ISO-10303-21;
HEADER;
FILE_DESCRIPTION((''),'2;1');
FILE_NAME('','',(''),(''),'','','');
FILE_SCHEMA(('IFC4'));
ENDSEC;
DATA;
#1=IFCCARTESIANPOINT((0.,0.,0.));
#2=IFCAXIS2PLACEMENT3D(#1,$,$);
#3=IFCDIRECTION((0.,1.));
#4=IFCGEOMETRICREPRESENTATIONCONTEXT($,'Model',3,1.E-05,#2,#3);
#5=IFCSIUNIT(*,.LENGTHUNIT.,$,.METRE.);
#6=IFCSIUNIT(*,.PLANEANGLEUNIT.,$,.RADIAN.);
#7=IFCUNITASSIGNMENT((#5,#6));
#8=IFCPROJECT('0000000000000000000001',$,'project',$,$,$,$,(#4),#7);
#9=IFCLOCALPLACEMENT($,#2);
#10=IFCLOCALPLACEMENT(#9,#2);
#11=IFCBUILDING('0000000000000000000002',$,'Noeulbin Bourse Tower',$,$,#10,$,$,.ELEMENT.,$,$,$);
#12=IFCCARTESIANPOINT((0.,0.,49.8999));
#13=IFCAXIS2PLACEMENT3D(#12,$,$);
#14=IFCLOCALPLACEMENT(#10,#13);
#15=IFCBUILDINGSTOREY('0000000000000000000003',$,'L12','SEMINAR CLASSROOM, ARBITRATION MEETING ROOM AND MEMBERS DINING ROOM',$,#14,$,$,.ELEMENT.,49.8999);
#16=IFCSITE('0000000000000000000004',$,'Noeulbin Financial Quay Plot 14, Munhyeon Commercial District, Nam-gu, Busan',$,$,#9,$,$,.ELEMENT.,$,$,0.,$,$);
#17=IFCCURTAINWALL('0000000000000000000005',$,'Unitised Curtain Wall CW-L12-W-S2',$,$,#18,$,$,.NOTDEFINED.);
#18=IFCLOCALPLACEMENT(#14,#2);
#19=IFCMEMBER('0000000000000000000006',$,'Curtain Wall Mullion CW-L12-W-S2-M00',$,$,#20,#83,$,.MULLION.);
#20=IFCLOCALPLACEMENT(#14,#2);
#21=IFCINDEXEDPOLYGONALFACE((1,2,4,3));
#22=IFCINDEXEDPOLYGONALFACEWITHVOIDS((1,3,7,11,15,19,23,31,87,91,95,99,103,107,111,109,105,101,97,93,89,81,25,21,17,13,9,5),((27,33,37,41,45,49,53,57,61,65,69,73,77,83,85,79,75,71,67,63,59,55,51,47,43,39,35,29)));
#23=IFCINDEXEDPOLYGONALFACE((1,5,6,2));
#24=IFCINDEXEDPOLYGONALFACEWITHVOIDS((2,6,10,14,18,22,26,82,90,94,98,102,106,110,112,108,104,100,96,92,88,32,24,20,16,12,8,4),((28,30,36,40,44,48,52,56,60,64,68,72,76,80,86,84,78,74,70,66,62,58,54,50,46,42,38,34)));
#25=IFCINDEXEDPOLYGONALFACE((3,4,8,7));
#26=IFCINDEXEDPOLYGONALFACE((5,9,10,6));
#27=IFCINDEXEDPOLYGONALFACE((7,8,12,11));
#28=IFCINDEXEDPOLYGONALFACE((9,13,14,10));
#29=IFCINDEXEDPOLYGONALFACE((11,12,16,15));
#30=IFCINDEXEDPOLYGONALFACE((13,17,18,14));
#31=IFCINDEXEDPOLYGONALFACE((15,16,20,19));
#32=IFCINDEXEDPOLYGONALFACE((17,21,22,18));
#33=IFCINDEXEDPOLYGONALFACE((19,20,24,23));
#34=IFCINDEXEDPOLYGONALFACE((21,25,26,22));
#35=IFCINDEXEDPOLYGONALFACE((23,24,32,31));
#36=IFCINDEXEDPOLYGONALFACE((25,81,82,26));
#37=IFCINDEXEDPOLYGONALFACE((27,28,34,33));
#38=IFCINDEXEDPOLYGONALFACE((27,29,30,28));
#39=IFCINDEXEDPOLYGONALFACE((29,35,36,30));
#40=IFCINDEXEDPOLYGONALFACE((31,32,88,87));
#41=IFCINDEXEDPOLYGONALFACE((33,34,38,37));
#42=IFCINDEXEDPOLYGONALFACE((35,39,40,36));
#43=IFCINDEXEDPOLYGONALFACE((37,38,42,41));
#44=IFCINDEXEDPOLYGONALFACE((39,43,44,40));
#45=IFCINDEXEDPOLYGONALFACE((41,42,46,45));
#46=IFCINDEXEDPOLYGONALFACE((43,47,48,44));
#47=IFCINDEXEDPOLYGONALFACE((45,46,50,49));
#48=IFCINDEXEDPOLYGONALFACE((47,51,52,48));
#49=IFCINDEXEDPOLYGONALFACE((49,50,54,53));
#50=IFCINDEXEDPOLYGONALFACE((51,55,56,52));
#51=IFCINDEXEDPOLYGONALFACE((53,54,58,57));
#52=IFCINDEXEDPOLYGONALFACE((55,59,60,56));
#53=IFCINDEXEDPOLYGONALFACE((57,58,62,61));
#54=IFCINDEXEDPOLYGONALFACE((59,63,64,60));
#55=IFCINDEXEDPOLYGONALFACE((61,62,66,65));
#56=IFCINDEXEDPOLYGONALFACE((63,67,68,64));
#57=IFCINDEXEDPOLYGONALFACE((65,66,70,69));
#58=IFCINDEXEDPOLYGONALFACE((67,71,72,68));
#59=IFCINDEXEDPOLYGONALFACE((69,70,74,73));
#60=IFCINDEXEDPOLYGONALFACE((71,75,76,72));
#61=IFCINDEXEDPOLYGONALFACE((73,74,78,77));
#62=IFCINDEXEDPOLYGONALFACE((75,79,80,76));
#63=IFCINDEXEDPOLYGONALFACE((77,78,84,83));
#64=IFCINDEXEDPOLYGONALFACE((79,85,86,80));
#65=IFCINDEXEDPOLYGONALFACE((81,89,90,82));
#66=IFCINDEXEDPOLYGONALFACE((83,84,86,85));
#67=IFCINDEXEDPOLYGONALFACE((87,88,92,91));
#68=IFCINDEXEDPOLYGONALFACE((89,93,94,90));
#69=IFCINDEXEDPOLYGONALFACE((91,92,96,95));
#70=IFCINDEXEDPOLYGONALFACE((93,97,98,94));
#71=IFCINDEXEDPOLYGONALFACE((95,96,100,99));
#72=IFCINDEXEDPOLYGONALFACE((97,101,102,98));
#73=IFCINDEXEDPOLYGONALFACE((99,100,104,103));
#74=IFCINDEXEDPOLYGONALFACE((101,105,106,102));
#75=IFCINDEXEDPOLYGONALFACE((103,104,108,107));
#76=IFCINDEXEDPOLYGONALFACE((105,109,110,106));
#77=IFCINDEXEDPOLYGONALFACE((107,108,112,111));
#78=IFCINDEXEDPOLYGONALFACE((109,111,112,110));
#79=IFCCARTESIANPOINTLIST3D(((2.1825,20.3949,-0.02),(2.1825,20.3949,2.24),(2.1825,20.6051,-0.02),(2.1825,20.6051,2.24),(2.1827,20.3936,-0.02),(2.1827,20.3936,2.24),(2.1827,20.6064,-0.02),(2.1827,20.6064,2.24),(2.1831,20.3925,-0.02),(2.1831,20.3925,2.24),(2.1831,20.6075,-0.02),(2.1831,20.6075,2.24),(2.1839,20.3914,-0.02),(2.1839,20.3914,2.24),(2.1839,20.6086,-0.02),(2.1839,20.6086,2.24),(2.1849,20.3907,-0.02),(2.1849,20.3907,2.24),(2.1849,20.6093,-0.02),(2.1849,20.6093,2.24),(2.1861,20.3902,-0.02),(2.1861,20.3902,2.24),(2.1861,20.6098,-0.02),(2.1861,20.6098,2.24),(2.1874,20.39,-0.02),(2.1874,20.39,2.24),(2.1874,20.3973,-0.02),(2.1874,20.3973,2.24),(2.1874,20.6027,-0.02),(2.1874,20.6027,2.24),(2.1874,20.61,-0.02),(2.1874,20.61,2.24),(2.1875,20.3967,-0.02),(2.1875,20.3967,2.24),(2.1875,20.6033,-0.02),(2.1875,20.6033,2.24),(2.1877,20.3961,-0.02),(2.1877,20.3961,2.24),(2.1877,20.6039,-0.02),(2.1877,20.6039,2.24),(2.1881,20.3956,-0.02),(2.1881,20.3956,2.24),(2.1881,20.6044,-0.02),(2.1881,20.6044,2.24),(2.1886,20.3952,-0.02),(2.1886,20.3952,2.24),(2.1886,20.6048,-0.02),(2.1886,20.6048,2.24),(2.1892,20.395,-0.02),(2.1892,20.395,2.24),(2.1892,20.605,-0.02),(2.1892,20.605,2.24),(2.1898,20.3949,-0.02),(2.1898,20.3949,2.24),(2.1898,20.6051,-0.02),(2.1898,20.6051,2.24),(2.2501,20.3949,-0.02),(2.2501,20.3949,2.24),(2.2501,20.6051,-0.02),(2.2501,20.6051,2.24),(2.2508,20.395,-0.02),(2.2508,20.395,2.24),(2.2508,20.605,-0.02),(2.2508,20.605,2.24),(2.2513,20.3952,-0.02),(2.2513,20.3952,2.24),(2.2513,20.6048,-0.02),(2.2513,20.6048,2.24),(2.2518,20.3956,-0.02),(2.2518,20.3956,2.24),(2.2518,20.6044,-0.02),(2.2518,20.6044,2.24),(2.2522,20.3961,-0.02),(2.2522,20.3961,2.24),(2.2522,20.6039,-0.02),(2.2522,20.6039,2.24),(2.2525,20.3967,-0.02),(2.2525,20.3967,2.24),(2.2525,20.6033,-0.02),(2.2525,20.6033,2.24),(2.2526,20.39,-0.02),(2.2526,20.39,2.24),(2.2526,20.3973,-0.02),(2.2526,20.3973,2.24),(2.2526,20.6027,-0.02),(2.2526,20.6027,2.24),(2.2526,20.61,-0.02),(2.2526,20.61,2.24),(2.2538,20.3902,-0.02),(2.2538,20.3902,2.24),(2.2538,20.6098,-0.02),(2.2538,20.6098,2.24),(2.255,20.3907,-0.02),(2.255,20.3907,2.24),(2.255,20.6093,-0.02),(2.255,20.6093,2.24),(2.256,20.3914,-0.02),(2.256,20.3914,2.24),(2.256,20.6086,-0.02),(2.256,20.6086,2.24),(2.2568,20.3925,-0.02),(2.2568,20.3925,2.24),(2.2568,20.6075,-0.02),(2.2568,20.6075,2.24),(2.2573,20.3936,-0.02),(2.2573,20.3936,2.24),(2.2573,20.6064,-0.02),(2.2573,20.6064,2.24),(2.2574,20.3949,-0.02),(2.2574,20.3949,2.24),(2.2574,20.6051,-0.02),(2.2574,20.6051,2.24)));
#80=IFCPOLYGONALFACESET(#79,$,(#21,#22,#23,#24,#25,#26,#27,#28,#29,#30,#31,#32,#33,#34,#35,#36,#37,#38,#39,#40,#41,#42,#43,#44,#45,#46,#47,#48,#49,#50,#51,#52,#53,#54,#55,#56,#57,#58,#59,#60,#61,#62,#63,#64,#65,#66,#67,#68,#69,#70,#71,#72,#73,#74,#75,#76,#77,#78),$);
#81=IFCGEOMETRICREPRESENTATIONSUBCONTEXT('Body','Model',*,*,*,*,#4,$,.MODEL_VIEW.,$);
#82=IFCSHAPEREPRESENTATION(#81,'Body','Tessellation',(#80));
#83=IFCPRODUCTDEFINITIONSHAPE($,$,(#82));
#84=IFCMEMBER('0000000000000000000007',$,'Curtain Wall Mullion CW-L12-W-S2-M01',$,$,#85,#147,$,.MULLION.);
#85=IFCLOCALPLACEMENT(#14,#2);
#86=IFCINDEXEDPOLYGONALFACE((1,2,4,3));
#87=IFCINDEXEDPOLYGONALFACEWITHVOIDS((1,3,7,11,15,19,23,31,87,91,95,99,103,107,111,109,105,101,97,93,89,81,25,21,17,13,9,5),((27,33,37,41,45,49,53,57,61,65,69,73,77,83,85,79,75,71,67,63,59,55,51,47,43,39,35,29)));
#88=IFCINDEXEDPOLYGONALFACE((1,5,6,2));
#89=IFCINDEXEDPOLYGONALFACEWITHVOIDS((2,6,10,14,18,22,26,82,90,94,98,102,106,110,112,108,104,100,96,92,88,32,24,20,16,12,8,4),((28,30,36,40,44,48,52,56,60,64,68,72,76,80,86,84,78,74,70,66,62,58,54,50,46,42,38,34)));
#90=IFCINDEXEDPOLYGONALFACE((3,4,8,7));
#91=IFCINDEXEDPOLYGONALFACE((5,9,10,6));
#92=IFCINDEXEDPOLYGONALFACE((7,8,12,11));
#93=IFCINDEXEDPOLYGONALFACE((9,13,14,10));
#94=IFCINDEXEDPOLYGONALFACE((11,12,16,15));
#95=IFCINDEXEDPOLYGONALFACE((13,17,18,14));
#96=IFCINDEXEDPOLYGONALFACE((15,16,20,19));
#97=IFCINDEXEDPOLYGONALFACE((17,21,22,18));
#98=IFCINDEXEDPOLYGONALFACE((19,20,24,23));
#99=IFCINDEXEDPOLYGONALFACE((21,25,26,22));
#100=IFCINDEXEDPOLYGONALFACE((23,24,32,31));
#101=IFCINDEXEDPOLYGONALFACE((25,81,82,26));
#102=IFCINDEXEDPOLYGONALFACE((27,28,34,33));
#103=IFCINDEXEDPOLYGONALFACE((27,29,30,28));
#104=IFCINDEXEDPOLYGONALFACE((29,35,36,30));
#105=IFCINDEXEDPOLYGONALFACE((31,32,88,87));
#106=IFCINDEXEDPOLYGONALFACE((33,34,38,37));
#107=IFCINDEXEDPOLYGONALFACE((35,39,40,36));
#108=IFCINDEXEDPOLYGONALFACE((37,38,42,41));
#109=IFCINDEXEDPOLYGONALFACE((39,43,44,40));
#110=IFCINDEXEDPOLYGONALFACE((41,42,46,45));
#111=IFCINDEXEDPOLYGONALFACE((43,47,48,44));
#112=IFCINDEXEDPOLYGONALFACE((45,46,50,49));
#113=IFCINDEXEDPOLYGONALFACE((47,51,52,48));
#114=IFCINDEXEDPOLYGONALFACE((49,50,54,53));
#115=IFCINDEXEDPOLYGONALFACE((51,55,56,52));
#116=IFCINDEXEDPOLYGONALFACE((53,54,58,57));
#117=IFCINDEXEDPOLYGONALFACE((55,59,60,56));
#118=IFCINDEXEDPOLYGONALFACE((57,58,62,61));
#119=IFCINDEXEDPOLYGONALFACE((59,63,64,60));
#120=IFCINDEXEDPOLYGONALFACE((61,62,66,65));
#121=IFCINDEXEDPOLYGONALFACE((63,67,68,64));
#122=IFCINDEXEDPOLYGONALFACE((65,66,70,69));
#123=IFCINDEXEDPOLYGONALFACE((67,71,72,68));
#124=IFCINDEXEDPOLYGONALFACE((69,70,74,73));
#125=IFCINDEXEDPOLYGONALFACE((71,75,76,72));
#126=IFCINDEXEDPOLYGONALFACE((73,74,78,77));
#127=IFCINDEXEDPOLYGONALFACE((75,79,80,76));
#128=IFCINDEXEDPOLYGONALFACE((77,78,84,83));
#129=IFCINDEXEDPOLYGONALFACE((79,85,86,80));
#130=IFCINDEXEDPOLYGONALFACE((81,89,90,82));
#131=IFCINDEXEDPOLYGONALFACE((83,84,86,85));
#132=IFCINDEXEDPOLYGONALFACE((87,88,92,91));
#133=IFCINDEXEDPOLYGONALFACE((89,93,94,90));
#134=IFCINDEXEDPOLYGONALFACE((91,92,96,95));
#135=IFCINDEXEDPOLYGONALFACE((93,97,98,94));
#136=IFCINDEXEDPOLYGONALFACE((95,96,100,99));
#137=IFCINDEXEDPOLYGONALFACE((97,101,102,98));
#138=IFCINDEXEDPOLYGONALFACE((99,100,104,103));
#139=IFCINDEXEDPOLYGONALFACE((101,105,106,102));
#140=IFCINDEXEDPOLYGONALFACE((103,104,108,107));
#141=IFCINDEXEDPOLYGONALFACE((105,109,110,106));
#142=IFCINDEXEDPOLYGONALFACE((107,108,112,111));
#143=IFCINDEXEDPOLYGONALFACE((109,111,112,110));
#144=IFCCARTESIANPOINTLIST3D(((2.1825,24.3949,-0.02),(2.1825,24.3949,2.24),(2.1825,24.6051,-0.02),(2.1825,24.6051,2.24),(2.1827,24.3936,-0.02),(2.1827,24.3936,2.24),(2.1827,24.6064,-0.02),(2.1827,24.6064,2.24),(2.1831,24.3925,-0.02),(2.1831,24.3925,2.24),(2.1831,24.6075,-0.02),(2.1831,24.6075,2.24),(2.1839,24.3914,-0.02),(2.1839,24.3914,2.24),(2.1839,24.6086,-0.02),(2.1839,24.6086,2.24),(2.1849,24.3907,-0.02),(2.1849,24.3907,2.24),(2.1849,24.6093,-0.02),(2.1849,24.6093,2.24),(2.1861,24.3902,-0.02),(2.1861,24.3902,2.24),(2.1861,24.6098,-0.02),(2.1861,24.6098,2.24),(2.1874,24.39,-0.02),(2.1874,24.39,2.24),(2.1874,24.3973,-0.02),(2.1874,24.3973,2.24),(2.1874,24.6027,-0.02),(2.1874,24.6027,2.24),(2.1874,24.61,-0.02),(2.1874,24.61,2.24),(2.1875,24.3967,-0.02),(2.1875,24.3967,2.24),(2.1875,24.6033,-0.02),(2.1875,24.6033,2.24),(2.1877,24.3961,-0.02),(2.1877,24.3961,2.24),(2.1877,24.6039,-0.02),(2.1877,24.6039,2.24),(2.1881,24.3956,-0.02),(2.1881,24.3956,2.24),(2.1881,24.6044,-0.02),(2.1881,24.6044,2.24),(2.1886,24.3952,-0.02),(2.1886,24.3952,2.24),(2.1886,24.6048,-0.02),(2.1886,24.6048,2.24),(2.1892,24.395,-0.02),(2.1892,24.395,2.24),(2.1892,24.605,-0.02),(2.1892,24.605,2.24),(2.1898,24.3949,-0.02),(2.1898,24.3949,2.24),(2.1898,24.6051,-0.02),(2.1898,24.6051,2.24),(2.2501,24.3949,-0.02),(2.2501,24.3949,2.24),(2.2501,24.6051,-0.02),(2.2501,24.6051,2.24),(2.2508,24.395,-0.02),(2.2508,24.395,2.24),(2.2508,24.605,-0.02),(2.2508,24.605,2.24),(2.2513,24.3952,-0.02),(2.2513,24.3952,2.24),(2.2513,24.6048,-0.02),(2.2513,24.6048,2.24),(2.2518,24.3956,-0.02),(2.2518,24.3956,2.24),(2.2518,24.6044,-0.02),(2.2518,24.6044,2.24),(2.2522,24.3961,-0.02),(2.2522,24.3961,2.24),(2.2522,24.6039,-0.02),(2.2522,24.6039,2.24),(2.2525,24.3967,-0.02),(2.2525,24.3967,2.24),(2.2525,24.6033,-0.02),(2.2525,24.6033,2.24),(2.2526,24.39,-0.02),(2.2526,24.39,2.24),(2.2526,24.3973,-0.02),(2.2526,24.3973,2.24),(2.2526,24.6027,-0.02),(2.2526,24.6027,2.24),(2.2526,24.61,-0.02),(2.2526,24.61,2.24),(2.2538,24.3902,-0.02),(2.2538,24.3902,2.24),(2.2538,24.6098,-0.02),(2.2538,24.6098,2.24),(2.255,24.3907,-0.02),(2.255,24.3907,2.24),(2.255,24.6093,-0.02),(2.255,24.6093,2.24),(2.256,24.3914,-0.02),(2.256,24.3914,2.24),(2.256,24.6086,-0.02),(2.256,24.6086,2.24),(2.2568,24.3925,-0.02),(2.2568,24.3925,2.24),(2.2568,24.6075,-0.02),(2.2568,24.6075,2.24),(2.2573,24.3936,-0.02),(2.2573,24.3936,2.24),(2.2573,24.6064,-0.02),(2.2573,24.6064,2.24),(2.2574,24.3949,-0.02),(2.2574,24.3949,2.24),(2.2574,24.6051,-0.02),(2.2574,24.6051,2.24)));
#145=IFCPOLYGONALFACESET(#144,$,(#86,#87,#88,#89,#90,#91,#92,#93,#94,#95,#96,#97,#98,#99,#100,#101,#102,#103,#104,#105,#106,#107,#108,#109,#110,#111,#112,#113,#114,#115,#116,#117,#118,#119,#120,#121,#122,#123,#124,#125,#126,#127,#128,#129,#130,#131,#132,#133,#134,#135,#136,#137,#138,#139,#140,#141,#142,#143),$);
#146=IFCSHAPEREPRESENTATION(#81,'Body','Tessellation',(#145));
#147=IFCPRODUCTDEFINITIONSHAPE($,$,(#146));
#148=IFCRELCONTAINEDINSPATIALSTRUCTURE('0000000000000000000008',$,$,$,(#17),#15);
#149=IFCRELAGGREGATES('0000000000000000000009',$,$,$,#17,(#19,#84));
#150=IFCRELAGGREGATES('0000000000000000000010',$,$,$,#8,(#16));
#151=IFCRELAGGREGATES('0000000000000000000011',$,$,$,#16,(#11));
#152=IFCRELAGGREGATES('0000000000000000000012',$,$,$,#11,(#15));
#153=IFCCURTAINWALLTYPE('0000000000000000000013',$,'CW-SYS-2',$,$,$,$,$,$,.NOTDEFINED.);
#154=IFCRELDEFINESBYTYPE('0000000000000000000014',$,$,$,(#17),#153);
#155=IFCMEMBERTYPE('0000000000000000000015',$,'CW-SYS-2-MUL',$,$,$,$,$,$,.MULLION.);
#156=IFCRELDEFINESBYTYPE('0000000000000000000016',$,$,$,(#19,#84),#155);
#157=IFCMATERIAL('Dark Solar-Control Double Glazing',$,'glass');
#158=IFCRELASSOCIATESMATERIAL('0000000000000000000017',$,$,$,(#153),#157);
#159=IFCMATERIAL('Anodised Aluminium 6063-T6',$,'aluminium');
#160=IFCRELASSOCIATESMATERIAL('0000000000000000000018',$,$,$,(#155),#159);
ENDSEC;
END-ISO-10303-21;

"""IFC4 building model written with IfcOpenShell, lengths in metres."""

from ifc_helpers import new_model, si_unit, direction, frame, origin, origin_2d, place, context, subcontext, project, spatial, hollow_rectangle, extrude, material, material_profile, profile_set, type_object, element, aggregate, save


model = new_model("IFC4")

# Units and contexts
model_context = context("Model", 3, precision=1e-05, world=origin(), true_north=direction((0.0, 1.0)))
body_context = subcontext(model_context, "Body", "Model", "MODEL_VIEW")
ifc_project = project(units=[si_unit("LENGTHUNIT", "METRE"), si_unit("PLANEANGLEUNIT", "RADIAN")], contexts=[model_context])

# Site, building, storey
site_placement = place(None, origin())
site = spatial("IfcSite", under=ifc_project, at=site_placement, Name="Noeulbin Financial Quay Plot 14, Munhyeon Commercial District, Nam-gu, Busan", CompositionType="ELEMENT", RefElevation=0.0)
building_placement = place(site_placement, origin())
building = spatial("IfcBuilding", under=site, at=building_placement, Name="Noeulbin Bourse Tower", CompositionType="ELEMENT")
storey_placement = place(building_placement, frame((0.0, 0.0, 49.8999)))
storey = spatial("IfcBuildingStorey", under=building, at=storey_placement, Name="L12", Description="SEMINAR CLASSROOM, ARBITRATION MEETING ROOM AND MEMBERS DINING ROOM", CompositionType="ELEMENT", Elevation=49.8999)

# Shared definitions
ifc_material_1 = material(Name="Dark Solar-Control Double Glazing", Category="glass")
curtain_wall_type = type_object("IfcCurtainWallType", Name="CW-SYS-2", PredefinedType="NOTDEFINED", material=ifc_material_1)
ifc_material_2 = material(Name="Anodised Aluminium 6063-T6", Category="aluminium")
ifc_material_profile_1 = material_profile(ifc_material_2, hollow_rectangle(XDim=0.075, YDim=0.22, WallThickness=0.0049, InnerFilletRadius=0.0024, OuterFilletRadius=0.0049, at=origin_2d()), Name="ALU-MULL-75x220x5", Category="LoadBearing")
ifc_profile_set_1 = profile_set([ifc_material_profile_1], Name="Anodised Aluminium 6063-T6")
member_type_1 = type_object("IfcMemberType", Name="CW-SYS-2-MUL", PredefinedType="MULLION", material=ifc_profile_set_1)

# Curtain wall, members
curtain_wall_1_placement = place(storey_placement, origin())
curtain_wall_1 = element("IfcCurtainWall", 1, at=curtain_wall_1_placement, inside=storey, type_object=curtain_wall_type, Name="Unitised Curtain Wall CW-L12-W-S2", PredefinedType="NOTDEFINED")
member_1_placement = place(storey_placement, frame((2.22, 20.5, -0.02), z_axis=(0.0, 0.0, 1.0), x_axis=(1.0, 0.0, 0.0)))
member_1 = element("IfcMember", 2, at=member_1_placement, type_object=member_type_1, Name="Curtain Wall Mullion CW-L12-W-S2-M00", PredefinedType="MULLION", context=body_context, shape_type="SweptSolid", body=[
    extrude(hollow_rectangle(XDim=0.075, YDim=0.22, WallThickness=0.0049, InnerFilletRadius=0.0024, OuterFilletRadius=0.0049, at=origin_2d()), origin(), (0.0, 0.0, 1.0), 2.26),
])
member_2_placement = place(storey_placement, frame((2.22, 24.5, -0.02), z_axis=(0.0, 0.0, 1.0), x_axis=(1.0, 0.0, 0.0)))
member_2 = element("IfcMember", 3, at=member_2_placement, type_object=member_type_1, Name="Curtain Wall Mullion CW-L12-W-S2-M01", PredefinedType="MULLION", context=body_context, shape_type="SweptSolid", body=[
    extrude(hollow_rectangle(XDim=0.075, YDim=0.22, WallThickness=0.0049, InnerFilletRadius=0.0024, OuterFilletRadius=0.0049, at=origin_2d()), origin(), (0.0, 0.0, 1.0), 2.26),
])

aggregate(curtain_wall_1, [member_1, member_2])

save(model, "model.ifc")
